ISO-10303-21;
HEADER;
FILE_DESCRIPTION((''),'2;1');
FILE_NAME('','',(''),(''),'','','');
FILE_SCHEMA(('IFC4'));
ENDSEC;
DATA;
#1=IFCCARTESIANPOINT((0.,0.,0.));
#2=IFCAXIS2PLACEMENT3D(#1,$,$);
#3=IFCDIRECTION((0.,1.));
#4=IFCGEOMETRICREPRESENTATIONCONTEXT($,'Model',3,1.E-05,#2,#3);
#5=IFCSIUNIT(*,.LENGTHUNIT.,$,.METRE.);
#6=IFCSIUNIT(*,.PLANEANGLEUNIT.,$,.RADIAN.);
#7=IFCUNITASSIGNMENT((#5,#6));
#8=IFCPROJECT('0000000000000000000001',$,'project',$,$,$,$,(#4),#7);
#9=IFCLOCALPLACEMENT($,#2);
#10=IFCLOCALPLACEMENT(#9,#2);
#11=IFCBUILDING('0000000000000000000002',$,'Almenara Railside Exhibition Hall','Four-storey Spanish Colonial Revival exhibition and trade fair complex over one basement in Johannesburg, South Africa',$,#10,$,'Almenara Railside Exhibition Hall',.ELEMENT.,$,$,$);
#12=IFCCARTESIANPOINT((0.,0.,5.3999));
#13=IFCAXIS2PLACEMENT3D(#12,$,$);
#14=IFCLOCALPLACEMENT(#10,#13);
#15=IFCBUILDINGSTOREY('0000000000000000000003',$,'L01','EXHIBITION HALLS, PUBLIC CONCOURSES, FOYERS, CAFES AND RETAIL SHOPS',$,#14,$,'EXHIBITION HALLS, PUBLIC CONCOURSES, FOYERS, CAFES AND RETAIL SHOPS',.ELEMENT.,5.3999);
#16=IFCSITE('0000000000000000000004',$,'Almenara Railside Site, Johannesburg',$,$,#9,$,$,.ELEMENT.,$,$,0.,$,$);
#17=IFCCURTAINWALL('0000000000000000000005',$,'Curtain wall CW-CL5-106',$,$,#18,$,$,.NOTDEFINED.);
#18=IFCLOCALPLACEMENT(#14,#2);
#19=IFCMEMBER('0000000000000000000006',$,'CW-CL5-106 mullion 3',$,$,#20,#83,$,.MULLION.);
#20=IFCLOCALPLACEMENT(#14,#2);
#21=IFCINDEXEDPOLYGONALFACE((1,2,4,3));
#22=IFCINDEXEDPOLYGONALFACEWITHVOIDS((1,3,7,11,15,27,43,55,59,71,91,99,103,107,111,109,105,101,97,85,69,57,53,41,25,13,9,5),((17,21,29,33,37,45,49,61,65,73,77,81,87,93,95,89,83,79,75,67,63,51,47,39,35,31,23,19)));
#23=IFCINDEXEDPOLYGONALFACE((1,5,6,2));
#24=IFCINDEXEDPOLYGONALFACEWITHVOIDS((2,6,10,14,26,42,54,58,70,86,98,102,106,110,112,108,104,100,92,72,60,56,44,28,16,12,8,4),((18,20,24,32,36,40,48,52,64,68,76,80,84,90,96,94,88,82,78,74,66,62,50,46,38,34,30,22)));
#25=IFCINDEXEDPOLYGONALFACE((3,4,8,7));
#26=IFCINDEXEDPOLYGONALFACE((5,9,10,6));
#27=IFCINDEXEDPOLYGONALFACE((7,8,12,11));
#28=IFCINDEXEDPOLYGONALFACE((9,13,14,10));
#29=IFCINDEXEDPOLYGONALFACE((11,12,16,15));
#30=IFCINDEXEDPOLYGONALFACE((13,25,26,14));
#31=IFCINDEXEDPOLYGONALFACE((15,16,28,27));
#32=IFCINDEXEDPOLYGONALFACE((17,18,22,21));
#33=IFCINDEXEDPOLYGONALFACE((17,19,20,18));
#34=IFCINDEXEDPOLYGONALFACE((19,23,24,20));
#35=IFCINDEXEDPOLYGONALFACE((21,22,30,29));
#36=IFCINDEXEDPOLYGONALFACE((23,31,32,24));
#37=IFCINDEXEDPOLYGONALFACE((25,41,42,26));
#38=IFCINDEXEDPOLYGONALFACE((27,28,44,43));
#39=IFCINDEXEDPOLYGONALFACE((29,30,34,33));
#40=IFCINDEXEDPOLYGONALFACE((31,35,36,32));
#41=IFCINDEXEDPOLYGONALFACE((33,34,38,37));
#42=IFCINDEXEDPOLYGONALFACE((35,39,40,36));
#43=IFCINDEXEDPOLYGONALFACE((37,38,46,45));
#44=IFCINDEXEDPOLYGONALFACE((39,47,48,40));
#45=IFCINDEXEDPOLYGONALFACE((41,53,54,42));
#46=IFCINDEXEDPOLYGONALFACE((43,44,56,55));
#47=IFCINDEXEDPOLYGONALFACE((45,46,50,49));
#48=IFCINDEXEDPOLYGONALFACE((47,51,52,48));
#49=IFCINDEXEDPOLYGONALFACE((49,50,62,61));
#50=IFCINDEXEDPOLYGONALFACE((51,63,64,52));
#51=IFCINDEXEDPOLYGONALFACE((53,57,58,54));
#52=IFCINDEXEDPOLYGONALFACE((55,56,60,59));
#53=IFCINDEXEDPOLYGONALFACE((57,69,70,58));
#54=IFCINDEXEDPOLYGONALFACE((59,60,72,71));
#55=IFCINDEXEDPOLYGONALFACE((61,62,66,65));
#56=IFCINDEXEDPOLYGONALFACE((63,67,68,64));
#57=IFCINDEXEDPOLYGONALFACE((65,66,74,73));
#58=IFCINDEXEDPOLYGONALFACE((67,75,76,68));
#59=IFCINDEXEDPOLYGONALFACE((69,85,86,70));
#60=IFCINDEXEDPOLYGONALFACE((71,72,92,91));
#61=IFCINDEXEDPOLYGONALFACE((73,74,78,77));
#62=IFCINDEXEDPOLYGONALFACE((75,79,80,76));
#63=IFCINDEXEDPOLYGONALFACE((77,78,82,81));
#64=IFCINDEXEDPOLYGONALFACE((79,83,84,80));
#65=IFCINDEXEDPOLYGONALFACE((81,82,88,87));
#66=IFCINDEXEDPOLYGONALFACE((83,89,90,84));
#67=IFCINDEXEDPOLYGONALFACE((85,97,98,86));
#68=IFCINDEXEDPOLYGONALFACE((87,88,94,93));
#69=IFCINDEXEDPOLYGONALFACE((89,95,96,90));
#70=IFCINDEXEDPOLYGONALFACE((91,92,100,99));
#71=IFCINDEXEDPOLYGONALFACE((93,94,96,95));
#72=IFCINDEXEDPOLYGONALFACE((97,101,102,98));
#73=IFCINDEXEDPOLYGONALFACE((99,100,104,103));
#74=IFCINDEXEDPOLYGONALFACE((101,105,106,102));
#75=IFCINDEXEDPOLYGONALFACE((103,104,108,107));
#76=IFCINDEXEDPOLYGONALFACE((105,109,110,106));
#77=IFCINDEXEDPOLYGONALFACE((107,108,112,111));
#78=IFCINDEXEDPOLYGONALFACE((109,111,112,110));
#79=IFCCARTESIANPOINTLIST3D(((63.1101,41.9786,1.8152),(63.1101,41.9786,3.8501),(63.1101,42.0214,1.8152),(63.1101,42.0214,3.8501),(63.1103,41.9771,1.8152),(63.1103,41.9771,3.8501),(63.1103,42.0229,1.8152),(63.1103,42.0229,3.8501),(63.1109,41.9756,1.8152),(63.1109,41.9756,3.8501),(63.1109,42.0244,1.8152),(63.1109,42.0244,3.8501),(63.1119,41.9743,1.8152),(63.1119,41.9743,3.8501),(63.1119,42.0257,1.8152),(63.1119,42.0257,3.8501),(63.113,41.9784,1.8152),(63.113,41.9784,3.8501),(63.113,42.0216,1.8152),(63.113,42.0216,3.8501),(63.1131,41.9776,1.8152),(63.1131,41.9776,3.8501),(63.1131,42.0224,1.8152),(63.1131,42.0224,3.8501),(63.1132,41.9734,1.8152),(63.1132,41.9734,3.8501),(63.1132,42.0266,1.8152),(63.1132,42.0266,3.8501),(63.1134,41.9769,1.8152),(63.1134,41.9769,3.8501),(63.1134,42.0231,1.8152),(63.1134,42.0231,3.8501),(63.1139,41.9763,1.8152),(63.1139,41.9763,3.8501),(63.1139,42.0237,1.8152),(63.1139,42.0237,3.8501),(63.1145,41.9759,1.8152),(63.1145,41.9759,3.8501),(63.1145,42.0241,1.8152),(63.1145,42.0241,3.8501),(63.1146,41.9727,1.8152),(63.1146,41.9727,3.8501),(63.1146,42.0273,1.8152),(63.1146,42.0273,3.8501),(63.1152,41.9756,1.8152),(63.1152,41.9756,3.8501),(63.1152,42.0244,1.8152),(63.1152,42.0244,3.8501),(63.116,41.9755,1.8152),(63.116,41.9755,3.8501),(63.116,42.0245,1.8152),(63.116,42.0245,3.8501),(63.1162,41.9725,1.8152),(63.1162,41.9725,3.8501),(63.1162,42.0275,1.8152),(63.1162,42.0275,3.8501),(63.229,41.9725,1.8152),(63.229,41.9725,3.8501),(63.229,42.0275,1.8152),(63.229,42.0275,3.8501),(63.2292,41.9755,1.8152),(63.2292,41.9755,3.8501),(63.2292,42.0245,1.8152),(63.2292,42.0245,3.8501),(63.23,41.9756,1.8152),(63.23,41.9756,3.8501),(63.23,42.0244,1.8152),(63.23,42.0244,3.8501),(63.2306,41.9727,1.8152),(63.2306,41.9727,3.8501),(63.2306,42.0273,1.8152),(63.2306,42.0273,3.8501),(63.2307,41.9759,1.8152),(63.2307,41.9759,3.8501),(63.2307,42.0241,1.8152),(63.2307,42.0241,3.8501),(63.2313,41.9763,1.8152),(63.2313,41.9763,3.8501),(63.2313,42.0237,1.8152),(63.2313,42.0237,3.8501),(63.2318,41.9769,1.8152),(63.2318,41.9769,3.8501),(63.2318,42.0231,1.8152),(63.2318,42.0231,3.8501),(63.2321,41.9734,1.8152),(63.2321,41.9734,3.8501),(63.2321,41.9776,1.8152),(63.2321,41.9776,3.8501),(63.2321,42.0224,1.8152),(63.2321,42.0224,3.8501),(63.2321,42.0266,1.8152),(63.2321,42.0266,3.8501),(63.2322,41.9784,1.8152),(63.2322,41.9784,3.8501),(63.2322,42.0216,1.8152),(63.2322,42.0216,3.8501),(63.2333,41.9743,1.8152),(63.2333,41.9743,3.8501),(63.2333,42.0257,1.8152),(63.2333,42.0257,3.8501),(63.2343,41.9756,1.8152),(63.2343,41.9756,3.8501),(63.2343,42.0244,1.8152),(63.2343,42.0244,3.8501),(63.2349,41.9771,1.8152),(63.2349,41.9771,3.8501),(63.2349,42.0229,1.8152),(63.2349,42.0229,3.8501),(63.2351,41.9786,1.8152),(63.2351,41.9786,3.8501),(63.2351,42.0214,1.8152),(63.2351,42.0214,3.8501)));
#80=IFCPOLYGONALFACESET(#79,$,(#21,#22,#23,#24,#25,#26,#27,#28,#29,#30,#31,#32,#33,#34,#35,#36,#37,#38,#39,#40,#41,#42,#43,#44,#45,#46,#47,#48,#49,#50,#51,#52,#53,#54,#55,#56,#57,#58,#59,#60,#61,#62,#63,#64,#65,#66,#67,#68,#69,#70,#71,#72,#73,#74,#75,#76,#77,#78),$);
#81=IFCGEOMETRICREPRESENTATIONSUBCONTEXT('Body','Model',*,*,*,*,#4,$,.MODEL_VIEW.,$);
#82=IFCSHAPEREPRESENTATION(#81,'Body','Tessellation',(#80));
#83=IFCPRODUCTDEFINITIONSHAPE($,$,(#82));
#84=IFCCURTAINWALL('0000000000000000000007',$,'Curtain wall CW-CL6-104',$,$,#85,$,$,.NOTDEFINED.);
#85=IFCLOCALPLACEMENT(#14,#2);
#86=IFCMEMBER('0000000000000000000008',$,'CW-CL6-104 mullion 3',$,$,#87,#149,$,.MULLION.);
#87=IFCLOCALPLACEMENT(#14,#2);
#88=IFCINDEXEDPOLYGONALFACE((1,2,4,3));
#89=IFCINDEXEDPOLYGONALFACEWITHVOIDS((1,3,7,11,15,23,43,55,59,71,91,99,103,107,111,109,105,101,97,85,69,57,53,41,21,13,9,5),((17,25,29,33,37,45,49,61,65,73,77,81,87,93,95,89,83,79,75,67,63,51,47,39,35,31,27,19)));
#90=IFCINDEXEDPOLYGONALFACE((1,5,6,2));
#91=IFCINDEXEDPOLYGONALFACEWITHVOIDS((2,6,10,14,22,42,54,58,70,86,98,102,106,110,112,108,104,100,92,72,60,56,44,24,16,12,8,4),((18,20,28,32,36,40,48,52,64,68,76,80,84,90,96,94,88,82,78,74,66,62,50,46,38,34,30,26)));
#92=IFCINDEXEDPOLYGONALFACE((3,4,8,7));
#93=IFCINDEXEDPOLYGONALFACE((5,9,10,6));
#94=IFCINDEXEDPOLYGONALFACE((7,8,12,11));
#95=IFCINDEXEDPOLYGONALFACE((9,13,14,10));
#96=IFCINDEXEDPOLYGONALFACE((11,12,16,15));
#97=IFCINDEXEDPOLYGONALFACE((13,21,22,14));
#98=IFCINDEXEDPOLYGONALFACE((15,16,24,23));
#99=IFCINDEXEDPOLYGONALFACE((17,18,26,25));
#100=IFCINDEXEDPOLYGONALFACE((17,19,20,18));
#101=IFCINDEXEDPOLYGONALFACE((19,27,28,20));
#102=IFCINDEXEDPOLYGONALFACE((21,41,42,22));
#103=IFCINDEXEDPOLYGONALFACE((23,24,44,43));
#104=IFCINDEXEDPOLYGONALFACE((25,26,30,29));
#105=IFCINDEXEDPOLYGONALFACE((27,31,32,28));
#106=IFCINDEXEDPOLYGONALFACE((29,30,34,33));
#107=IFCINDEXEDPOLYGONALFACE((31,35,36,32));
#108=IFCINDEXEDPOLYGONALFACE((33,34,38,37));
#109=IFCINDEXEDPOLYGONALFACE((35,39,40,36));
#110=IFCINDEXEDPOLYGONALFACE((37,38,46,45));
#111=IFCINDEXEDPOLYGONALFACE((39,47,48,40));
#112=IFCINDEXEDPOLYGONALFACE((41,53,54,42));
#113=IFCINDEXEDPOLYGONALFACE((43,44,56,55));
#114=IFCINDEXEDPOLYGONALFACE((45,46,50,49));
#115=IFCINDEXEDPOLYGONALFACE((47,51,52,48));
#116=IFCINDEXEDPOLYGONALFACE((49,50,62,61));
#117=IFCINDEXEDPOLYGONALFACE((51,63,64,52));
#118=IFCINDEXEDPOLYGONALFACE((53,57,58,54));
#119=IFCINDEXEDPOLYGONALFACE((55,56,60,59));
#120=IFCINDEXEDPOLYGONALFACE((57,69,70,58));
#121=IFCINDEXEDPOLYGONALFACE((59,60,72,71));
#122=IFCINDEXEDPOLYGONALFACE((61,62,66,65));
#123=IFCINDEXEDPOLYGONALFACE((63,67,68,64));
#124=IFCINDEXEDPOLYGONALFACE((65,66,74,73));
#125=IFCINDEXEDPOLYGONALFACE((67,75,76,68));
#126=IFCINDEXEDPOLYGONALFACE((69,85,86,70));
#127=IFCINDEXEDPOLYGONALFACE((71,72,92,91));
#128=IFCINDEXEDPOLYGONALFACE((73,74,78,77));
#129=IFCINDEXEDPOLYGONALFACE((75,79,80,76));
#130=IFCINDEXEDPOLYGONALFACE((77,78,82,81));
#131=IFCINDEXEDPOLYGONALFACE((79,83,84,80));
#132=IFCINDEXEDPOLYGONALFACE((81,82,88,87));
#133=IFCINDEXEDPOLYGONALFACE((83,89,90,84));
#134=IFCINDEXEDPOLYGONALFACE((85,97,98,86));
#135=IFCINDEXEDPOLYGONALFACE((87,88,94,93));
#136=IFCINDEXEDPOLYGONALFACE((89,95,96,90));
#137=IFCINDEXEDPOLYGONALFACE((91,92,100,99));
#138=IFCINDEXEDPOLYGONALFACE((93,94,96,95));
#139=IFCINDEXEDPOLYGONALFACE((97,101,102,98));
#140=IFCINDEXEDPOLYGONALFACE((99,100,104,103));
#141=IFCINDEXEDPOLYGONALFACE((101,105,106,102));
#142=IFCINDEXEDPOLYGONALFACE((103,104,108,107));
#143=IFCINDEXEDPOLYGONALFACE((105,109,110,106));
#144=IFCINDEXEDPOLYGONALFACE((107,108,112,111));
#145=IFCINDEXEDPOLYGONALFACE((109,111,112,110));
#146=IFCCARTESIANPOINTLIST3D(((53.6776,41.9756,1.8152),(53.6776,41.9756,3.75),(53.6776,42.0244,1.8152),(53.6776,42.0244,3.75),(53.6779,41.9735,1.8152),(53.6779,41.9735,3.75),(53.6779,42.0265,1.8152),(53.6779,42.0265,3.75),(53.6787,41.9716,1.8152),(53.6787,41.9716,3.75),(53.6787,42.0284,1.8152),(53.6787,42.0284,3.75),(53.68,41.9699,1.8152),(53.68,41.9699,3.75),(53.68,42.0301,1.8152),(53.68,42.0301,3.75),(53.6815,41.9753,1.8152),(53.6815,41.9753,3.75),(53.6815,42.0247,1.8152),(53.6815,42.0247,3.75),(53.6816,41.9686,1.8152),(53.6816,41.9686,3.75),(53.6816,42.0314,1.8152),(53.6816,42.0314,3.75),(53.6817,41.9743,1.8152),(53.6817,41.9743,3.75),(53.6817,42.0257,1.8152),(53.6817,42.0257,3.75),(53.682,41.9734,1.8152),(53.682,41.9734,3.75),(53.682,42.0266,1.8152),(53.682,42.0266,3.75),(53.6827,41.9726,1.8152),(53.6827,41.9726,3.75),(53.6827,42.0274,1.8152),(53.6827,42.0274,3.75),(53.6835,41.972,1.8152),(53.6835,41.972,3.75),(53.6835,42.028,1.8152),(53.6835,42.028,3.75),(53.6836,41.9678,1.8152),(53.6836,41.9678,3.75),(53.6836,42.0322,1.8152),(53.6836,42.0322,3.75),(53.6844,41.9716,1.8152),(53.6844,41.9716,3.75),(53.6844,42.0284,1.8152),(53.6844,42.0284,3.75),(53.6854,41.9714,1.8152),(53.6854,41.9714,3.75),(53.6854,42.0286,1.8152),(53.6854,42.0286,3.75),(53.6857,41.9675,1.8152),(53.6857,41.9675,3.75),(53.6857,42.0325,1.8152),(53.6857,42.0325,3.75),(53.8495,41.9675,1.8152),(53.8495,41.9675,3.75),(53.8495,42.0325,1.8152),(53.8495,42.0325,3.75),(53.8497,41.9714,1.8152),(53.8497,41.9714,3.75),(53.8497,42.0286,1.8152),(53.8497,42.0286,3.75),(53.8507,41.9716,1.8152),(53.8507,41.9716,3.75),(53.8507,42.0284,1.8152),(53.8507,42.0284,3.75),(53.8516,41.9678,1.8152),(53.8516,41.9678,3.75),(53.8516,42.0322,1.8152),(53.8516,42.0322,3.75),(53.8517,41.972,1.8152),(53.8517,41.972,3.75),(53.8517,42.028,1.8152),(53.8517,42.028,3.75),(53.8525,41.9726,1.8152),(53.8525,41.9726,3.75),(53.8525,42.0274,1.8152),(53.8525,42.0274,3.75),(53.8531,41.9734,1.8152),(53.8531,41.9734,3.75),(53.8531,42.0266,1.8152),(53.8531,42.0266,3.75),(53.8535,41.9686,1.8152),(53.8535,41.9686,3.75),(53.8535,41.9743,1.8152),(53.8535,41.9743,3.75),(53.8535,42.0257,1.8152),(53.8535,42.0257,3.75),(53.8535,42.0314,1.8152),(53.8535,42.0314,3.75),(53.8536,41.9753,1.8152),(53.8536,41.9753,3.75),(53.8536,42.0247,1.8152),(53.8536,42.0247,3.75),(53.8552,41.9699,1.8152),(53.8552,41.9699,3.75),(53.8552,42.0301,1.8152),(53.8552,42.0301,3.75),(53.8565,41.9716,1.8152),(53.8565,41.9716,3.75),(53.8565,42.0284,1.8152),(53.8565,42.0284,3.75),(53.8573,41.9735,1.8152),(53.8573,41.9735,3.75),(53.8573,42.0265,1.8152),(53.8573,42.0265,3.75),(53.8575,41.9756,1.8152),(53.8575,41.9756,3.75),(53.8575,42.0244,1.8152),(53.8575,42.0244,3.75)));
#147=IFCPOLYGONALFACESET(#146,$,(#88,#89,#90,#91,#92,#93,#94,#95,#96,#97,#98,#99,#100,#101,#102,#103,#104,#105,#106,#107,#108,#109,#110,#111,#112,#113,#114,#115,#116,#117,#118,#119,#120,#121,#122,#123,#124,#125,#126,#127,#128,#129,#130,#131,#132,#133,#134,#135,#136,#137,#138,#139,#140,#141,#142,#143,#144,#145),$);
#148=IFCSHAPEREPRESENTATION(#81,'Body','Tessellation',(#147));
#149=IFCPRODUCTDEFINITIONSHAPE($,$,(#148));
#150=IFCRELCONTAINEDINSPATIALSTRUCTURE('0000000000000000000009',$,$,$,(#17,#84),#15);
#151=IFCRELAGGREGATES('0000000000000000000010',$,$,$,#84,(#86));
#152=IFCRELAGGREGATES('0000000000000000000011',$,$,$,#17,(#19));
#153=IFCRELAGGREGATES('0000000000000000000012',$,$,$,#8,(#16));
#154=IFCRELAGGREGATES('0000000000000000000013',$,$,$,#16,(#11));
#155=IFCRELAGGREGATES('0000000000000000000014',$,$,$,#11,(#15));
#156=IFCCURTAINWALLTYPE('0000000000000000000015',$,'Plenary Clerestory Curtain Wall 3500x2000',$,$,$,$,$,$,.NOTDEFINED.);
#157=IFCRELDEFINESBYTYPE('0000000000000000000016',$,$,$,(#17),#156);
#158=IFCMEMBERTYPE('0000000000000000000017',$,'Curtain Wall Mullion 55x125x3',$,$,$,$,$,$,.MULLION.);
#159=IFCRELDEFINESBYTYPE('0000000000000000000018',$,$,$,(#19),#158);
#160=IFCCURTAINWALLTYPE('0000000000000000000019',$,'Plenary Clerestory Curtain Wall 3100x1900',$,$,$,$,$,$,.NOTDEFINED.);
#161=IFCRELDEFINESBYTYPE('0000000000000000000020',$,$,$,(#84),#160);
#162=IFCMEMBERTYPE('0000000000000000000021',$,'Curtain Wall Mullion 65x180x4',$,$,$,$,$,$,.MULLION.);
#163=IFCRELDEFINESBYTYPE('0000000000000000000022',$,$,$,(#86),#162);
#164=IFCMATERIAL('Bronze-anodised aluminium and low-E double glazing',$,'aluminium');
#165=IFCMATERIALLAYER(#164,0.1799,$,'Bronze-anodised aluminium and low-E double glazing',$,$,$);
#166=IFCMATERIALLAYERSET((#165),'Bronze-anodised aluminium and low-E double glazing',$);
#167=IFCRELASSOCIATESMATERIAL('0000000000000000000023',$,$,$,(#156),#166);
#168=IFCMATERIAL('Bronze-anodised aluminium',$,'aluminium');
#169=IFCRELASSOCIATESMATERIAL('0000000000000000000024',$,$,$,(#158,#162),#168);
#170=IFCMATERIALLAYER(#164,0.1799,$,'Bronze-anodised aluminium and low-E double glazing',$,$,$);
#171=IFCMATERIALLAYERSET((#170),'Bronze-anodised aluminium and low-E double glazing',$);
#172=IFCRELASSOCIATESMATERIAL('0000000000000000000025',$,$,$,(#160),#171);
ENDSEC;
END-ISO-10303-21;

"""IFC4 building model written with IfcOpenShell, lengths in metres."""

from ifc_helpers import new_model, si_unit, direction, frame, origin, origin_2d, place, context, subcontext, project, spatial, hollow_rectangle, extrude, material, layer, layer_set, material_profile, profile_set, type_object, element, aggregate, save


model = new_model("IFC4")

# Units and contexts
model_context = context("Model", 3, precision=1e-05, world=origin(), true_north=direction((0.0, 1.0)))
body_context = subcontext(model_context, "Body", "Model", "MODEL_VIEW")
ifc_project = project(units=[si_unit("LENGTHUNIT", "METRE"), si_unit("PLANEANGLEUNIT", "RADIAN")], contexts=[model_context])

# Site, building, storey
site_placement = place(None, origin())
site = spatial("IfcSite", under=ifc_project, at=site_placement, Name="Almenara Railside Site, Johannesburg", CompositionType="ELEMENT", RefElevation=0.0)
building_placement = place(site_placement, origin())
building = spatial("IfcBuilding", under=site, at=building_placement, Name="Almenara Railside Exhibition Hall", Description="Four-storey Spanish Colonial Revival exhibition and trade fair complex over one basement in Johannesburg, South Africa", LongName="Almenara Railside Exhibition Hall", CompositionType="ELEMENT")
storey_placement = place(building_placement, frame((0.0, 0.0, 5.3999)))
storey = spatial("IfcBuildingStorey", under=building, at=storey_placement, Name="L01", Description="EXHIBITION HALLS, PUBLIC CONCOURSES, FOYERS, CAFES AND RETAIL SHOPS", LongName="EXHIBITION HALLS, PUBLIC CONCOURSES, FOYERS, CAFES AND RETAIL SHOPS", CompositionType="ELEMENT", Elevation=5.3999)

# Curtain wall, member
ifc_material_1 = material(Name="Bronze-anodised aluminium and low-E double glazing", Category="aluminium")
ifc_layer_1 = layer(ifc_material_1, 0.1799, Name="Bronze-anodised aluminium and low-E double glazing")
ifc_layer_set_1 = layer_set([ifc_layer_1], Name="Bronze-anodised aluminium and low-E double glazing")
curtain_wall_type_1 = type_object("IfcCurtainWallType", Name="Plenary Clerestory Curtain Wall 3500x2000", PredefinedType="NOTDEFINED", material=ifc_layer_set_1)
curtain_wall_1_placement = place(storey_placement, origin())
curtain_wall_1 = element("IfcCurtainWall", 1, at=curtain_wall_1_placement, inside=storey, type_object=curtain_wall_type_1, Name="Curtain wall CW-CL5-106", PredefinedType="NOTDEFINED")
ifc_material_2 = material(Name="Bronze-anodised aluminium", Category="aluminium")
ifc_material_profile_1 = material_profile(ifc_material_2, hollow_rectangle(XDim=0.0549, YDim=0.125, WallThickness=0.0029, InnerFilletRadius=0.0029, OuterFilletRadius=0.0061, at=origin_2d()), Name="ALU-MUL 55x125x3")
ifc_profile_set_1 = profile_set([ifc_material_profile_1], Name="Bronze-anodised aluminium")
member_type_1 = type_object("IfcMemberType", Name="Curtain Wall Mullion 55x125x3", PredefinedType="MULLION", material=ifc_profile_set_1)
member_1_placement = place(storey_placement, frame((63.1726, 42.0, 1.8152), z_axis=(0.0, 0.0, 1.0), x_axis=(0.0, 1.0, 0.0)))
member_1 = element("IfcMember", 2, at=member_1_placement, type_object=member_type_1, Name="CW-CL5-106 mullion 3", PredefinedType="MULLION", context=body_context, shape_type="SweptSolid", body=[
    extrude(hollow_rectangle(XDim=0.0549, YDim=0.125, WallThickness=0.0029, InnerFilletRadius=0.0029, OuterFilletRadius=0.0061, at=origin_2d()), origin(), (0.0, 0.0, 1.0), 2.0349),
])

# Curtain wall, member
ifc_layer_2 = layer(ifc_material_1, 0.1799, Name="Bronze-anodised aluminium and low-E double glazing")
ifc_layer_set_2 = layer_set([ifc_layer_2], Name="Bronze-anodised aluminium and low-E double glazing")
curtain_wall_type_2 = type_object("IfcCurtainWallType", Name="Plenary Clerestory Curtain Wall 3100x1900", PredefinedType="NOTDEFINED", material=ifc_layer_set_2)
curtain_wall_2_placement = place(storey_placement, origin())
curtain_wall_2 = element("IfcCurtainWall", 3, at=curtain_wall_2_placement, inside=storey, type_object=curtain_wall_type_2, Name="Curtain wall CW-CL6-104", PredefinedType="NOTDEFINED")
ifc_material_profile_2 = material_profile(ifc_material_2, hollow_rectangle(XDim=0.0649, YDim=0.1799, WallThickness=0.0039, InnerFilletRadius=0.0039, OuterFilletRadius=0.0081, at=origin_2d()), Name="ALU-MUL 65x180x4")
ifc_profile_set_2 = profile_set([ifc_material_profile_2], Name="Bronze-anodised aluminium")
member_type_2 = type_object("IfcMemberType", Name="Curtain Wall Mullion 65x180x4", PredefinedType="MULLION", material=ifc_profile_set_2)
member_2_placement = place(storey_placement, frame((53.7676, 42.0, 1.8152), z_axis=(0.0, 0.0, 1.0), x_axis=(0.0, 1.0, 0.0)))
member_2 = element("IfcMember", 4, at=member_2_placement, type_object=member_type_2, Name="CW-CL6-104 mullion 3", PredefinedType="MULLION", context=body_context, shape_type="SweptSolid", body=[
    extrude(hollow_rectangle(XDim=0.0649, YDim=0.1799, WallThickness=0.0039, InnerFilletRadius=0.0039, OuterFilletRadius=0.0081, at=origin_2d()), origin(), (0.0, 0.0, 1.0), 1.9348),
])

aggregate(curtain_wall_2, [member_2])
aggregate(curtain_wall_1, [member_1])

save(model, "model.ifc")
